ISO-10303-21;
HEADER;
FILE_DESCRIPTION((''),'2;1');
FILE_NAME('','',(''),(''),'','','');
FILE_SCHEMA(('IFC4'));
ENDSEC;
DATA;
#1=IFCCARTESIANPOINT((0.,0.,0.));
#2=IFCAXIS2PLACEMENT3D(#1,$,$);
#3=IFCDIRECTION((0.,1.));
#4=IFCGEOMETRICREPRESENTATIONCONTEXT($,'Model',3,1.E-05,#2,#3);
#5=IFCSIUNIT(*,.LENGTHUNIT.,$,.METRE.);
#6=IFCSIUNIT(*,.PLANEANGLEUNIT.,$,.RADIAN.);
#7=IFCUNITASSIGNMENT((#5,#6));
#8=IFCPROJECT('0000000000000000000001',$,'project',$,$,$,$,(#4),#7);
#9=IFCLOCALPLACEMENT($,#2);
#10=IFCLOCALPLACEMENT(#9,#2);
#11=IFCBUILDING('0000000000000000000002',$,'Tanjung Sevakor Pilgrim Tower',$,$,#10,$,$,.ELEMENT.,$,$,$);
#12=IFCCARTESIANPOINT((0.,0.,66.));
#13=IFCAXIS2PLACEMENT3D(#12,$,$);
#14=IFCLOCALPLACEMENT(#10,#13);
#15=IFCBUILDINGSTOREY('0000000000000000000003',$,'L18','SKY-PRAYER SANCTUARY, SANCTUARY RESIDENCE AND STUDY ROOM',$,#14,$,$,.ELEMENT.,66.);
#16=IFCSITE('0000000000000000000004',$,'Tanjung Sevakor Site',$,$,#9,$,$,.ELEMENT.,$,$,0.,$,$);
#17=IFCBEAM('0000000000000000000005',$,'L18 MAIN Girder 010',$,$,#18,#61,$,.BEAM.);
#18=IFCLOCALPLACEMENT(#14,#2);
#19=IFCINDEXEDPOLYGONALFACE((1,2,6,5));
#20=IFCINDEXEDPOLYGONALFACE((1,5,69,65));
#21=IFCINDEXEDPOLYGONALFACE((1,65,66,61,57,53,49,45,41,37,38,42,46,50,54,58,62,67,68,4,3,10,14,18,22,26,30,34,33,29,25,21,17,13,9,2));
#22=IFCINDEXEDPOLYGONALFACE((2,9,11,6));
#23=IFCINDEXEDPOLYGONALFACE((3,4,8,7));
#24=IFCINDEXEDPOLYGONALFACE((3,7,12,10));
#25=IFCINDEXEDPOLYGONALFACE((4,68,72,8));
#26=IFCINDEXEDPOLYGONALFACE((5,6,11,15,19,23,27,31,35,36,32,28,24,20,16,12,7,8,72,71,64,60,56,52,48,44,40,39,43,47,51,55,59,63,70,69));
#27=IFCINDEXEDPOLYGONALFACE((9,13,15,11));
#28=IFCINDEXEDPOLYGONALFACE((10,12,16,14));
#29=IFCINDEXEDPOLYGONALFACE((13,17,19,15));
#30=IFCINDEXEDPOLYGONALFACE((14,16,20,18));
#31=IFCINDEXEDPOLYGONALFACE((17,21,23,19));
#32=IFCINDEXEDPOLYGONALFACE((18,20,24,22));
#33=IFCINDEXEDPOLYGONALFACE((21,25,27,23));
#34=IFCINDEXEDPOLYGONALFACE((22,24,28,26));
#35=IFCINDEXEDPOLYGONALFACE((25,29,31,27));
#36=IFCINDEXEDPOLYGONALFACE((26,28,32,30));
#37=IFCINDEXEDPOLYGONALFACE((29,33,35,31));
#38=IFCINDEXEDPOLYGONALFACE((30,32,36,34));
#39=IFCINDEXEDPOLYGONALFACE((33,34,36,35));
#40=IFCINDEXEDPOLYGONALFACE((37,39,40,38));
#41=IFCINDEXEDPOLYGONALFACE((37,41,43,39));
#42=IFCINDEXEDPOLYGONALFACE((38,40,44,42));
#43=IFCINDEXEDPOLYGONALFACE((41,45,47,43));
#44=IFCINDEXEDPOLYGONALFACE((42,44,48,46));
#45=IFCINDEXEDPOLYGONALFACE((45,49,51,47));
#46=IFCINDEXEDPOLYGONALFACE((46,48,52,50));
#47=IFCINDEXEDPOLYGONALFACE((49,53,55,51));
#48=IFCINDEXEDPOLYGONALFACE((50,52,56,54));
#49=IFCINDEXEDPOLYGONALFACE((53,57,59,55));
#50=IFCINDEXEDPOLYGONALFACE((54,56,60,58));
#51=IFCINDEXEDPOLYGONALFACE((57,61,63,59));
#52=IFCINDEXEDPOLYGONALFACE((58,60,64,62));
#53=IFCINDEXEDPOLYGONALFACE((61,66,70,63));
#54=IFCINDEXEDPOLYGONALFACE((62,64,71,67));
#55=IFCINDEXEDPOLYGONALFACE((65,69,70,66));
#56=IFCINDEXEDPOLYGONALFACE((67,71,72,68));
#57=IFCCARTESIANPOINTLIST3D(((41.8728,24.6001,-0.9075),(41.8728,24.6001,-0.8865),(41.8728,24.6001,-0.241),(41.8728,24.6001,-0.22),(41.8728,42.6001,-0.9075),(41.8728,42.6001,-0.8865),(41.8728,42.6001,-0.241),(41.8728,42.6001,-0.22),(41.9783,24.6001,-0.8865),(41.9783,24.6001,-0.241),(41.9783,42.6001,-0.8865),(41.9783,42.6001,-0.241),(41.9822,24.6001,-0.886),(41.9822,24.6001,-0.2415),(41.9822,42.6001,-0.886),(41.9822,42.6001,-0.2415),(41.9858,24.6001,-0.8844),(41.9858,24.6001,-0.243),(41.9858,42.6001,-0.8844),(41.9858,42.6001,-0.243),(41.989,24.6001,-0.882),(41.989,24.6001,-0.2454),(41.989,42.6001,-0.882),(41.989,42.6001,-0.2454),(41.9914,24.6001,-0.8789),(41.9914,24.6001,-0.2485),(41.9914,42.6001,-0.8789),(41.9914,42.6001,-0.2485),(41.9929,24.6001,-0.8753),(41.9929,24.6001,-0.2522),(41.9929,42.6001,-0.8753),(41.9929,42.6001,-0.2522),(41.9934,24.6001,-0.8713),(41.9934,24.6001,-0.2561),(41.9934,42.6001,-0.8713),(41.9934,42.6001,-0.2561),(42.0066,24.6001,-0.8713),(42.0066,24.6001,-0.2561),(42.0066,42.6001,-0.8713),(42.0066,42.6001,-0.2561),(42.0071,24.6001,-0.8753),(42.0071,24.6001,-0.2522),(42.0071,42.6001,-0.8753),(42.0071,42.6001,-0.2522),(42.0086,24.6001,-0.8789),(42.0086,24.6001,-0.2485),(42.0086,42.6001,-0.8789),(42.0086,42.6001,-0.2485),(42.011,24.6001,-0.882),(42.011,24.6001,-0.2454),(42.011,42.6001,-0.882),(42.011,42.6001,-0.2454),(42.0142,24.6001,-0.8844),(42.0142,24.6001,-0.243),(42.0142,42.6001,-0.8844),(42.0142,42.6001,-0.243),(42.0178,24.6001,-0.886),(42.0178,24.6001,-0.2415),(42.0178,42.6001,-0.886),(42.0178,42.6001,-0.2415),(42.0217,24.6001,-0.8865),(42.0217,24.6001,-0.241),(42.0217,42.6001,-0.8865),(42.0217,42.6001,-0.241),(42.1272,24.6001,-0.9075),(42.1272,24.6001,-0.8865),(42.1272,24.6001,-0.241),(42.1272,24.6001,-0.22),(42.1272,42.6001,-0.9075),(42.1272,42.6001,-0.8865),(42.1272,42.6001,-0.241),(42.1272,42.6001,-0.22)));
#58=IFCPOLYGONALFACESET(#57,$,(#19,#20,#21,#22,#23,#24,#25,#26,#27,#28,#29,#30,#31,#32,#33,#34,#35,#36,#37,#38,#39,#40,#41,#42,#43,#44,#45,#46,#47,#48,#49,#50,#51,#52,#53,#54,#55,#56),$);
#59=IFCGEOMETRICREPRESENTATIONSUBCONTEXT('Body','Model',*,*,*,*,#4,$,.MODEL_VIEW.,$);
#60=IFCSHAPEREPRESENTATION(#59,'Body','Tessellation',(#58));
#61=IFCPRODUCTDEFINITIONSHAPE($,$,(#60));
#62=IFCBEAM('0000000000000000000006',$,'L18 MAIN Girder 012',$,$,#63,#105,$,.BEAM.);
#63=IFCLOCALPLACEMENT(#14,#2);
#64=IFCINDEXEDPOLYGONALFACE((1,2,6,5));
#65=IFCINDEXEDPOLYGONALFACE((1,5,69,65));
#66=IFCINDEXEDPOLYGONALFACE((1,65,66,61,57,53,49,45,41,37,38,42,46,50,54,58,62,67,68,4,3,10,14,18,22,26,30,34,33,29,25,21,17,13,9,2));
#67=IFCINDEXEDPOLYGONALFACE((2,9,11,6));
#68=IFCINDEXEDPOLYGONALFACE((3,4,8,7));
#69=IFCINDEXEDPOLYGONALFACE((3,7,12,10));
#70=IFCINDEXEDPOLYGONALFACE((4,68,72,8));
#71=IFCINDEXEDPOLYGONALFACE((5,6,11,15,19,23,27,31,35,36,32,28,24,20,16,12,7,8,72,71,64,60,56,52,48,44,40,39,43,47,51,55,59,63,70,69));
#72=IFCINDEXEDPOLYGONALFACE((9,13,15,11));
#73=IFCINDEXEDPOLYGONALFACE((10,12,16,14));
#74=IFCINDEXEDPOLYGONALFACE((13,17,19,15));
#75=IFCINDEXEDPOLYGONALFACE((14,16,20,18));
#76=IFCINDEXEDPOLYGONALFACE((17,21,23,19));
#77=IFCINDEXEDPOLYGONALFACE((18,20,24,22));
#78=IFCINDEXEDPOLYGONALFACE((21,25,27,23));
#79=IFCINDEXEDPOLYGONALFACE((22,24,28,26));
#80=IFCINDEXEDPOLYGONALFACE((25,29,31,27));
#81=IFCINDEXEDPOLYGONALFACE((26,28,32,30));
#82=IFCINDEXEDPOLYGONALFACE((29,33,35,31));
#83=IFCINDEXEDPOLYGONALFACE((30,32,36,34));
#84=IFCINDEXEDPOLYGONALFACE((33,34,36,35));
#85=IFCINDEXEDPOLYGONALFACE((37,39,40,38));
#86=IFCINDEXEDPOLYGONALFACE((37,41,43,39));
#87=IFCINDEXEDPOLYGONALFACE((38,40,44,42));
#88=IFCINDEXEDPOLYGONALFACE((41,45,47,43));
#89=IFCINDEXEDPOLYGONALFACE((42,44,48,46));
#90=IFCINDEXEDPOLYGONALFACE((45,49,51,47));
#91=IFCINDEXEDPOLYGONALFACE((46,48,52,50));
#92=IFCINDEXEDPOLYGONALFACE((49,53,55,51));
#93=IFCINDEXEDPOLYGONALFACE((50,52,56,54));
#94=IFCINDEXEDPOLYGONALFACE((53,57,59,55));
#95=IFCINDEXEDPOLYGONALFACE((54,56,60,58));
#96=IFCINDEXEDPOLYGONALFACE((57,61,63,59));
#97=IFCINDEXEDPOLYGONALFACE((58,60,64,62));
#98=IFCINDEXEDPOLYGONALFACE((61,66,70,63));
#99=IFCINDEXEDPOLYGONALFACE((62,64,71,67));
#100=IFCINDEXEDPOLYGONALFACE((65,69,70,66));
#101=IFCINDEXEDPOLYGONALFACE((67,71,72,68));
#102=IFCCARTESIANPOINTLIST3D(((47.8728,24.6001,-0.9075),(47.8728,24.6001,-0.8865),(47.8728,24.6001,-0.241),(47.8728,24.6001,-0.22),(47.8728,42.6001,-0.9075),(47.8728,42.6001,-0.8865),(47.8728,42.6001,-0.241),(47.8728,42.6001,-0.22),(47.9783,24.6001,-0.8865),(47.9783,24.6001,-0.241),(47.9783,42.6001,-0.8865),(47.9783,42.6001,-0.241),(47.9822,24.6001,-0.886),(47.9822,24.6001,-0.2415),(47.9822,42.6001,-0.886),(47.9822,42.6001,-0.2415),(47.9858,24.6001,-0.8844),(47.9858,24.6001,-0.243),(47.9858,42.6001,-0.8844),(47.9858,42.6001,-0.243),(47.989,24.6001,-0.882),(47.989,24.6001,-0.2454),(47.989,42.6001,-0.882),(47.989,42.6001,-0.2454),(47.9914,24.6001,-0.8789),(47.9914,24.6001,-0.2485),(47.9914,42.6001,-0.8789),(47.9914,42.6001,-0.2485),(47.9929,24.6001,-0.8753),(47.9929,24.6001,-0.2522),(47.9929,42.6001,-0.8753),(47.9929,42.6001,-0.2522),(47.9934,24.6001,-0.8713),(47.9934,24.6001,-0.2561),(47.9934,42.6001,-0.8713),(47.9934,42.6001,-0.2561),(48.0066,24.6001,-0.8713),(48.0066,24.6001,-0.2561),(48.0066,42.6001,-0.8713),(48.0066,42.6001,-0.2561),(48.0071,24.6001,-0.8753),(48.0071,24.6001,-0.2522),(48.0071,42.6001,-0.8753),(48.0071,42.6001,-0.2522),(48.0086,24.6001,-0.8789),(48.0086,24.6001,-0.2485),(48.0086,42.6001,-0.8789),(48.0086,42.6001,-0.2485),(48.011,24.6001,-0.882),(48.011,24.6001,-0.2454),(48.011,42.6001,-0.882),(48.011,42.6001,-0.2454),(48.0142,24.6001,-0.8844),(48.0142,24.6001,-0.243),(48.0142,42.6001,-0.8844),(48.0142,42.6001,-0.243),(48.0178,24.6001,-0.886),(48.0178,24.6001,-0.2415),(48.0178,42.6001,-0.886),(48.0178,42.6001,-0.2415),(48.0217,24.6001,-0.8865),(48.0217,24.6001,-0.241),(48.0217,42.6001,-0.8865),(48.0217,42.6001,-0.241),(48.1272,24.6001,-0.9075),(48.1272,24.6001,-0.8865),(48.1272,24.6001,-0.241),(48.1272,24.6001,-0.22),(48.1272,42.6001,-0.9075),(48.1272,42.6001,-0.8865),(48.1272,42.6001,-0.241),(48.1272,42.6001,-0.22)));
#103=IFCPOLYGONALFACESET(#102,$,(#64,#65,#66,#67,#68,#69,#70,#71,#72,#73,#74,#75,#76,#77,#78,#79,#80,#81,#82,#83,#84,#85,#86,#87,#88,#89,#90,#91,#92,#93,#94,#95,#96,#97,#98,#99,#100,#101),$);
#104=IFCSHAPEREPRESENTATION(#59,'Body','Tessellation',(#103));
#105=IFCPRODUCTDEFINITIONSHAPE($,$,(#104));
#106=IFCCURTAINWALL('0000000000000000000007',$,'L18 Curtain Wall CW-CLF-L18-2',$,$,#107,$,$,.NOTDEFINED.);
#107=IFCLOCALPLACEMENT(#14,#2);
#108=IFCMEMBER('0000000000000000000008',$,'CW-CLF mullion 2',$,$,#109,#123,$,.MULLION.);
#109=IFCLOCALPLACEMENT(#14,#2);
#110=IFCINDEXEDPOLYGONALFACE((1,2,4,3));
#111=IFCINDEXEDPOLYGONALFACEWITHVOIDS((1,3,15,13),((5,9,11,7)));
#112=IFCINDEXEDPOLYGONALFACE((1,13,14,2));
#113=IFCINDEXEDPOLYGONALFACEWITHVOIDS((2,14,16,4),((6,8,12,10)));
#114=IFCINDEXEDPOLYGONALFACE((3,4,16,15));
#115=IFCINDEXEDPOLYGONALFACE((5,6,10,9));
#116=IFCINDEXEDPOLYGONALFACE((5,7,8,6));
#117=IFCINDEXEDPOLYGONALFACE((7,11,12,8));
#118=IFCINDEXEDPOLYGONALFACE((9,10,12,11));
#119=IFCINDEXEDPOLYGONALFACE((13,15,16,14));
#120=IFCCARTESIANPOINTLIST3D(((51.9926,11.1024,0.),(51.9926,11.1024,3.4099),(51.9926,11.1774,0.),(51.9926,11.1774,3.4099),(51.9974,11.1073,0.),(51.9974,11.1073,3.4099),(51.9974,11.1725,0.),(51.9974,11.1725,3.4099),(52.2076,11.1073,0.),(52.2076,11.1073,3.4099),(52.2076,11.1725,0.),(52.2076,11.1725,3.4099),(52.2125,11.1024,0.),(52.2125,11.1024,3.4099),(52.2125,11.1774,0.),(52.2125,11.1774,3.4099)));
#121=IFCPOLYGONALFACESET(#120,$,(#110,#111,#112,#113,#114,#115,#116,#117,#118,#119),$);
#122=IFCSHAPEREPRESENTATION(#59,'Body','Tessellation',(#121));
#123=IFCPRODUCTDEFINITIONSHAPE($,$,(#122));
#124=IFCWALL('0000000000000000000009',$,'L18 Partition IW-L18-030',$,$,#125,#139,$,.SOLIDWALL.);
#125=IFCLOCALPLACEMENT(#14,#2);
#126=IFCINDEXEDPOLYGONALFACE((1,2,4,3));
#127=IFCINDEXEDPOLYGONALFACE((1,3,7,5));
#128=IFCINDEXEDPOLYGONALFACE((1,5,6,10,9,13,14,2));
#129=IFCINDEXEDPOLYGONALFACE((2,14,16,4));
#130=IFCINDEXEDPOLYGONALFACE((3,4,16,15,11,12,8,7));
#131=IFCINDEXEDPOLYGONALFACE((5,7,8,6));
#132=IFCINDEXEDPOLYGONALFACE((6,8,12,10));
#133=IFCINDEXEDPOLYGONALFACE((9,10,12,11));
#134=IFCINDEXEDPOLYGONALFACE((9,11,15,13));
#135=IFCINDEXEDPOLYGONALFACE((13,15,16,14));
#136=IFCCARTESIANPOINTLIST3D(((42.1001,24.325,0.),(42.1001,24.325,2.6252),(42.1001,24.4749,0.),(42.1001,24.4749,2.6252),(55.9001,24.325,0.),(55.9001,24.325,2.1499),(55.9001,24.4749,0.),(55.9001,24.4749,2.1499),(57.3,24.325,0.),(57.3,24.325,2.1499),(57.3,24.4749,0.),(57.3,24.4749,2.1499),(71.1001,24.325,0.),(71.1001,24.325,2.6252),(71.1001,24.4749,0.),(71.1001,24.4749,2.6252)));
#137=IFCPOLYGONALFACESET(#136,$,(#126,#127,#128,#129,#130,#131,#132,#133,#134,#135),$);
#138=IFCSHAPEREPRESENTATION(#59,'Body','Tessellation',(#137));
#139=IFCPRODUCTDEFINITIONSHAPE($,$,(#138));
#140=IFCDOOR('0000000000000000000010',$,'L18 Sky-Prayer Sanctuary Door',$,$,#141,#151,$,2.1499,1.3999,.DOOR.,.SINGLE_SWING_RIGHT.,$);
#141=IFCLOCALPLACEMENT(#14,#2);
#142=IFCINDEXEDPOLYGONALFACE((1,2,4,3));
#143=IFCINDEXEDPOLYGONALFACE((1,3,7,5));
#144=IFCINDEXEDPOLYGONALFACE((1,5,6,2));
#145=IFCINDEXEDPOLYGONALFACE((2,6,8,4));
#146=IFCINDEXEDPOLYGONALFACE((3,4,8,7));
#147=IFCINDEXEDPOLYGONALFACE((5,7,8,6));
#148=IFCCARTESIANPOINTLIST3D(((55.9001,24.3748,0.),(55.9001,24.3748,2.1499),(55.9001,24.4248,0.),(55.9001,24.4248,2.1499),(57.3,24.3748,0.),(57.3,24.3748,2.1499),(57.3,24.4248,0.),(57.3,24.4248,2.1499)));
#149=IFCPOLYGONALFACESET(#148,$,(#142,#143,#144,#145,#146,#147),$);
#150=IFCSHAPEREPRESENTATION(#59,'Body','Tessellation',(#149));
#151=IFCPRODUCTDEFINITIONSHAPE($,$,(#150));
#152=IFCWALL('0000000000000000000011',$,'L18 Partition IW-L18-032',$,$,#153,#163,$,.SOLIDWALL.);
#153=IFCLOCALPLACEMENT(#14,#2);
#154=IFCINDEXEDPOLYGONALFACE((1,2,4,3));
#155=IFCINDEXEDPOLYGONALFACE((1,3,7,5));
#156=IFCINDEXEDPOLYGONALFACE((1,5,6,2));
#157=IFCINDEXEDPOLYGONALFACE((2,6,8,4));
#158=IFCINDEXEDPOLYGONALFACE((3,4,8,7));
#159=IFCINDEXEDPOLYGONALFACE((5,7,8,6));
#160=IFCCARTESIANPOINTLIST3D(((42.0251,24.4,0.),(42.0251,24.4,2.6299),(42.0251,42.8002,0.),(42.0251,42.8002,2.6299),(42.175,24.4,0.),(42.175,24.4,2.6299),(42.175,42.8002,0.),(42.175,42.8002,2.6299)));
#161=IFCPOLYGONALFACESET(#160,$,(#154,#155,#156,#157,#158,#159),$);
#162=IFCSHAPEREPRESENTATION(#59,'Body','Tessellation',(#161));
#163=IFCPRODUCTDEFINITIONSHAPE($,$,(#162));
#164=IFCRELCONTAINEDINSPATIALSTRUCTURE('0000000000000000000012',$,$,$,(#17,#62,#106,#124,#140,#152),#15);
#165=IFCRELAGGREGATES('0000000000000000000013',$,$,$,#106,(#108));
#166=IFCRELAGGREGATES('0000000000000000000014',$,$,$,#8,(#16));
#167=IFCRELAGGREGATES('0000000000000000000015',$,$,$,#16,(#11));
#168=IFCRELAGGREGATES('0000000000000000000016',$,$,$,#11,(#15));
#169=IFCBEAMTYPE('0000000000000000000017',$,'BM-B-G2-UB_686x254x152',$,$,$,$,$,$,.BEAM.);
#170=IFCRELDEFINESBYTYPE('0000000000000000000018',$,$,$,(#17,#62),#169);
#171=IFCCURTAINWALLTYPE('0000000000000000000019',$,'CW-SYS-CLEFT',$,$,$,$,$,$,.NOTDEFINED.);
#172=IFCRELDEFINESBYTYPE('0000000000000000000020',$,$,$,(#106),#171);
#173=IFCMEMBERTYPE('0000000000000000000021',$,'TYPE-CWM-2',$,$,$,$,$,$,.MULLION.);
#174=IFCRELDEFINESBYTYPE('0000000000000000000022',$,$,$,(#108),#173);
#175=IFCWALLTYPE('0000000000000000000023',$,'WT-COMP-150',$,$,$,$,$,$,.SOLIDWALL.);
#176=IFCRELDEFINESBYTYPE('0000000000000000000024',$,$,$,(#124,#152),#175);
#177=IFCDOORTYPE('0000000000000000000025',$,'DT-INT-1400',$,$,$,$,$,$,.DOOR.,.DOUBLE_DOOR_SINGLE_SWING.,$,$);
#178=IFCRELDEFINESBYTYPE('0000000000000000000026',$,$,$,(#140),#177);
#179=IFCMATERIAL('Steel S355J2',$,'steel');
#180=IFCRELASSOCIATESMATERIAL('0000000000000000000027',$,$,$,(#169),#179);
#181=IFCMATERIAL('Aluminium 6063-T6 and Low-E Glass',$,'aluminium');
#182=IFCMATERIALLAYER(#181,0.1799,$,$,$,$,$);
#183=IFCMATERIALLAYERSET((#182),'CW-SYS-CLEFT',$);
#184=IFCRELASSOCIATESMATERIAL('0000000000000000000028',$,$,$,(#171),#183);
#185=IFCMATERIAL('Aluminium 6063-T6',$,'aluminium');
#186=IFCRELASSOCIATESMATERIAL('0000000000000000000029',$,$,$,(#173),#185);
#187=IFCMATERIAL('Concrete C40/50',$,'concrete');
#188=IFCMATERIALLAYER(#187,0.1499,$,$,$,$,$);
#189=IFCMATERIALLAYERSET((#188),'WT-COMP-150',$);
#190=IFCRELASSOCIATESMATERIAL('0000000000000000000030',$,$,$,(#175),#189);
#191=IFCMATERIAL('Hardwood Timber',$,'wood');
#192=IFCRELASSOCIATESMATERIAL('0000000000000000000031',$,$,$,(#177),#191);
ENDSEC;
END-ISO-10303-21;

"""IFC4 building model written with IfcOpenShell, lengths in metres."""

from ifc_helpers import new_model, si_unit, direction, frame, frame_2d, origin, origin_2d, place, context, subcontext, project, spatial, rectangle, hollow_rectangle, i_section, extrude, material, layer, layer_set, material_profile, profile_set, type_object, element, fill, aggregate, save


model = new_model("IFC4")

# Units and contexts
model_context = context("Model", 3, precision=1e-05, world=origin(), true_north=direction((0.0, 1.0)))
body_context = subcontext(model_context, "Body", "Model", "MODEL_VIEW")
ifc_project = project(units=[si_unit("LENGTHUNIT", "METRE"), si_unit("PLANEANGLEUNIT", "RADIAN")], contexts=[model_context])

# Site, building, storey
site_placement = place(None, origin())
site = spatial("IfcSite", under=ifc_project, at=site_placement, Name="Tanjung Sevakor Site", CompositionType="ELEMENT", RefElevation=0.0)
building_placement = place(site_placement, origin())
building = spatial("IfcBuilding", under=site, at=building_placement, Name="Tanjung Sevakor Pilgrim Tower", CompositionType="ELEMENT")
storey_placement = place(building_placement, frame((0.0, 0.0, 66.0)))
storey = spatial("IfcBuildingStorey", under=building, at=storey_placement, Name="L18", Description="SKY-PRAYER SANCTUARY, SANCTUARY RESIDENCE AND STUDY ROOM", CompositionType="ELEMENT", Elevation=66.0)

# Beams
ifc_material_1 = material(Name="Steel S355J2", Category="steel")
ifc_material_profile_1 = material_profile(ifc_material_1, i_section(OverallWidth=0.2544, OverallDepth=0.6875, WebThickness=0.0132, FlangeThickness=0.021, FilletRadius=0.0151, at=origin_2d()))
ifc_profile_set_1 = profile_set([ifc_material_profile_1], Name="Steel S355J2")
beam_type_1 = type_object("IfcBeamType", Name="BM-B-G2-UB_686x254x152", PredefinedType="BEAM", material=ifc_profile_set_1)
for number, where, z_axis, x_axis, name in (
    (1, (42.0, 24.6001, -0.5637), (0.0, 1.0, 0.0), (-1.0, 0.0, 0.0), "L18 MAIN Girder 010"),
    (2, (48.0, 24.6001, -0.5637), (0.0, 1.0, 0.0), (-1.0, 0.0, 0.0), "L18 MAIN Girder 012"),
):
    element("IfcBeam", number, at=place(storey_placement, frame(where, z_axis=z_axis, x_axis=x_axis)), inside=storey, type_object=beam_type_1, Name=name, PredefinedType="BEAM", context=body_context, shape_type="SweptSolid", body=[
        extrude(i_section(OverallWidth=0.2544, OverallDepth=0.6875, WebThickness=0.0132, FlangeThickness=0.021, FilletRadius=0.0151, at=origin_2d()), origin(), (0.0, 0.0, 1.0), 18.0),
    ])

# Curtain wall, member
ifc_material_2 = material(Name="Aluminium 6063-T6 and Low-E Glass", Category="aluminium")
ifc_layer_1 = layer(ifc_material_2, 0.1799)
ifc_layer_set_1 = layer_set([ifc_layer_1], Name="CW-SYS-CLEFT")
curtain_wall_type = type_object("IfcCurtainWallType", Name="CW-SYS-CLEFT", PredefinedType="NOTDEFINED", material=ifc_layer_set_1)
curtain_wall_placement = place(storey_placement, origin())
curtain_wall = element("IfcCurtainWall", 3, at=curtain_wall_placement, inside=storey, type_object=curtain_wall_type, Name="L18 Curtain Wall CW-CLF-L18-2", PredefinedType="NOTDEFINED")
ifc_material_3 = material(Name="Aluminium 6063-T6", Category="aluminium")
ifc_material_profile_2 = material_profile(ifc_material_3, hollow_rectangle(XDim=0.075, YDim=0.22, WallThickness=0.0049, at=origin_2d()))
ifc_profile_set_2 = profile_set([ifc_material_profile_2], Name="Aluminium 6063-T6")
member_type = type_object("IfcMemberType", Name="TYPE-CWM-2", PredefinedType="MULLION", material=ifc_profile_set_2)
member_placement = place(storey_placement, frame((52.1025, 11.1399, 0.0), z_axis=(0.0, 0.0, 1.0), x_axis=(0.0, 1.0, 0.0)))
member = element("IfcMember", 4, at=member_placement, type_object=member_type, Name="CW-CLF mullion 2", PredefinedType="MULLION", context=body_context, shape_type="SweptSolid", body=[
    extrude(hollow_rectangle(XDim=0.075, YDim=0.22, WallThickness=0.0049, at=origin_2d()), origin(), (0.0, 0.0, 1.0), 3.4099),
])
aggregate(curtain_wall, [member])

# Wall, opening, door
ifc_material_4 = material(Name="Concrete C40/50", Category="concrete")
ifc_layer_2 = layer(ifc_material_4, 0.1499)
ifc_layer_set_2 = layer_set([ifc_layer_2], Name="WT-COMP-150")
wall_type_1 = type_object("IfcWallType", Name="WT-COMP-150", PredefinedType="SOLIDWALL", material=ifc_layer_set_2)
wall_1_placement = place(storey_placement, frame((42.1001, 24.3999, 0.0), z_axis=(0.0, 0.0, 1.0), x_axis=(1.0, 0.0, 0.0)))
wall_1 = element("IfcWall", 5, at=wall_1_placement, inside=storey, type_object=wall_type_1, Name="L18 Partition IW-L18-030", PredefinedType="SOLIDWALL", context=body_context, shape_type="SweptSolid", body=[
    extrude(rectangle(XDim=29.0, YDim=0.1499, at=frame_2d((14.5, 0.0))), origin(), (0.0, 0.0, 1.0), 2.6252),
])
opening_1_placement = place(wall_1_placement, frame((13.8, 0.0, 0.0)))
opening_1 = element("IfcOpeningElement", 6, at=opening_1_placement, cuts=wall_1, PredefinedType="OPENING", context=body_context, shape_type="SweptSolid", body=[
    extrude(rectangle(XDim=1.3999, YDim=2.1499, at=frame_2d((0.7, 1.075))), frame((0.0, 0.085, 0.0), z_axis=(0.0, -1.0, 0.0), x_axis=(1.0, 0.0, 0.0)), (0.0, 0.0, 1.0), 0.1699),
])
ifc_material_5 = material(Name="Hardwood Timber", Category="wood")
door_type_1 = type_object("IfcDoorType", Name="DT-INT-1400", OperationType="DOUBLE_DOOR_SINGLE_SWING", PredefinedType="DOOR", material=ifc_material_5)
door_1_placement = place(opening_1_placement, origin())
door_1 = element("IfcDoor", 7, at=door_1_placement, inside=storey, type_object=door_type_1, Name="L18 Sky-Prayer Sanctuary Door", OperationType="SINGLE_SWING_RIGHT", OverallHeight=2.1499, OverallWidth=1.3999, PredefinedType="DOOR", context=body_context, shape_type="SweptSolid", body=[
    extrude(rectangle(XDim=1.3999, YDim=2.1499, at=frame_2d((0.7, 1.075))), frame((0.0, 0.0249, 0.0), z_axis=(0.0, -1.0, 0.0), x_axis=(1.0, 0.0, 0.0)), (0.0, 0.0, 1.0), 0.05),
])
fill(opening_1, door_1)

# Wall
wall_2_placement = place(storey_placement, frame((42.1001, 24.3999, 0.0), z_axis=(0.0, 0.0, 1.0), x_axis=(0.0, 1.0, 0.0)))
element("IfcWall", 8, at=wall_2_placement, inside=storey, type_object=wall_type_1, Name="L18 Partition IW-L18-032", PredefinedType="SOLIDWALL", context=body_context, shape_type="SweptSolid", body=[
    extrude(rectangle(XDim=18.4001, YDim=0.1499, at=frame_2d((9.2002, 0.0))), origin(), (0.0, 0.0, 1.0), 2.6299),
])

save(model, "model.ifc")
